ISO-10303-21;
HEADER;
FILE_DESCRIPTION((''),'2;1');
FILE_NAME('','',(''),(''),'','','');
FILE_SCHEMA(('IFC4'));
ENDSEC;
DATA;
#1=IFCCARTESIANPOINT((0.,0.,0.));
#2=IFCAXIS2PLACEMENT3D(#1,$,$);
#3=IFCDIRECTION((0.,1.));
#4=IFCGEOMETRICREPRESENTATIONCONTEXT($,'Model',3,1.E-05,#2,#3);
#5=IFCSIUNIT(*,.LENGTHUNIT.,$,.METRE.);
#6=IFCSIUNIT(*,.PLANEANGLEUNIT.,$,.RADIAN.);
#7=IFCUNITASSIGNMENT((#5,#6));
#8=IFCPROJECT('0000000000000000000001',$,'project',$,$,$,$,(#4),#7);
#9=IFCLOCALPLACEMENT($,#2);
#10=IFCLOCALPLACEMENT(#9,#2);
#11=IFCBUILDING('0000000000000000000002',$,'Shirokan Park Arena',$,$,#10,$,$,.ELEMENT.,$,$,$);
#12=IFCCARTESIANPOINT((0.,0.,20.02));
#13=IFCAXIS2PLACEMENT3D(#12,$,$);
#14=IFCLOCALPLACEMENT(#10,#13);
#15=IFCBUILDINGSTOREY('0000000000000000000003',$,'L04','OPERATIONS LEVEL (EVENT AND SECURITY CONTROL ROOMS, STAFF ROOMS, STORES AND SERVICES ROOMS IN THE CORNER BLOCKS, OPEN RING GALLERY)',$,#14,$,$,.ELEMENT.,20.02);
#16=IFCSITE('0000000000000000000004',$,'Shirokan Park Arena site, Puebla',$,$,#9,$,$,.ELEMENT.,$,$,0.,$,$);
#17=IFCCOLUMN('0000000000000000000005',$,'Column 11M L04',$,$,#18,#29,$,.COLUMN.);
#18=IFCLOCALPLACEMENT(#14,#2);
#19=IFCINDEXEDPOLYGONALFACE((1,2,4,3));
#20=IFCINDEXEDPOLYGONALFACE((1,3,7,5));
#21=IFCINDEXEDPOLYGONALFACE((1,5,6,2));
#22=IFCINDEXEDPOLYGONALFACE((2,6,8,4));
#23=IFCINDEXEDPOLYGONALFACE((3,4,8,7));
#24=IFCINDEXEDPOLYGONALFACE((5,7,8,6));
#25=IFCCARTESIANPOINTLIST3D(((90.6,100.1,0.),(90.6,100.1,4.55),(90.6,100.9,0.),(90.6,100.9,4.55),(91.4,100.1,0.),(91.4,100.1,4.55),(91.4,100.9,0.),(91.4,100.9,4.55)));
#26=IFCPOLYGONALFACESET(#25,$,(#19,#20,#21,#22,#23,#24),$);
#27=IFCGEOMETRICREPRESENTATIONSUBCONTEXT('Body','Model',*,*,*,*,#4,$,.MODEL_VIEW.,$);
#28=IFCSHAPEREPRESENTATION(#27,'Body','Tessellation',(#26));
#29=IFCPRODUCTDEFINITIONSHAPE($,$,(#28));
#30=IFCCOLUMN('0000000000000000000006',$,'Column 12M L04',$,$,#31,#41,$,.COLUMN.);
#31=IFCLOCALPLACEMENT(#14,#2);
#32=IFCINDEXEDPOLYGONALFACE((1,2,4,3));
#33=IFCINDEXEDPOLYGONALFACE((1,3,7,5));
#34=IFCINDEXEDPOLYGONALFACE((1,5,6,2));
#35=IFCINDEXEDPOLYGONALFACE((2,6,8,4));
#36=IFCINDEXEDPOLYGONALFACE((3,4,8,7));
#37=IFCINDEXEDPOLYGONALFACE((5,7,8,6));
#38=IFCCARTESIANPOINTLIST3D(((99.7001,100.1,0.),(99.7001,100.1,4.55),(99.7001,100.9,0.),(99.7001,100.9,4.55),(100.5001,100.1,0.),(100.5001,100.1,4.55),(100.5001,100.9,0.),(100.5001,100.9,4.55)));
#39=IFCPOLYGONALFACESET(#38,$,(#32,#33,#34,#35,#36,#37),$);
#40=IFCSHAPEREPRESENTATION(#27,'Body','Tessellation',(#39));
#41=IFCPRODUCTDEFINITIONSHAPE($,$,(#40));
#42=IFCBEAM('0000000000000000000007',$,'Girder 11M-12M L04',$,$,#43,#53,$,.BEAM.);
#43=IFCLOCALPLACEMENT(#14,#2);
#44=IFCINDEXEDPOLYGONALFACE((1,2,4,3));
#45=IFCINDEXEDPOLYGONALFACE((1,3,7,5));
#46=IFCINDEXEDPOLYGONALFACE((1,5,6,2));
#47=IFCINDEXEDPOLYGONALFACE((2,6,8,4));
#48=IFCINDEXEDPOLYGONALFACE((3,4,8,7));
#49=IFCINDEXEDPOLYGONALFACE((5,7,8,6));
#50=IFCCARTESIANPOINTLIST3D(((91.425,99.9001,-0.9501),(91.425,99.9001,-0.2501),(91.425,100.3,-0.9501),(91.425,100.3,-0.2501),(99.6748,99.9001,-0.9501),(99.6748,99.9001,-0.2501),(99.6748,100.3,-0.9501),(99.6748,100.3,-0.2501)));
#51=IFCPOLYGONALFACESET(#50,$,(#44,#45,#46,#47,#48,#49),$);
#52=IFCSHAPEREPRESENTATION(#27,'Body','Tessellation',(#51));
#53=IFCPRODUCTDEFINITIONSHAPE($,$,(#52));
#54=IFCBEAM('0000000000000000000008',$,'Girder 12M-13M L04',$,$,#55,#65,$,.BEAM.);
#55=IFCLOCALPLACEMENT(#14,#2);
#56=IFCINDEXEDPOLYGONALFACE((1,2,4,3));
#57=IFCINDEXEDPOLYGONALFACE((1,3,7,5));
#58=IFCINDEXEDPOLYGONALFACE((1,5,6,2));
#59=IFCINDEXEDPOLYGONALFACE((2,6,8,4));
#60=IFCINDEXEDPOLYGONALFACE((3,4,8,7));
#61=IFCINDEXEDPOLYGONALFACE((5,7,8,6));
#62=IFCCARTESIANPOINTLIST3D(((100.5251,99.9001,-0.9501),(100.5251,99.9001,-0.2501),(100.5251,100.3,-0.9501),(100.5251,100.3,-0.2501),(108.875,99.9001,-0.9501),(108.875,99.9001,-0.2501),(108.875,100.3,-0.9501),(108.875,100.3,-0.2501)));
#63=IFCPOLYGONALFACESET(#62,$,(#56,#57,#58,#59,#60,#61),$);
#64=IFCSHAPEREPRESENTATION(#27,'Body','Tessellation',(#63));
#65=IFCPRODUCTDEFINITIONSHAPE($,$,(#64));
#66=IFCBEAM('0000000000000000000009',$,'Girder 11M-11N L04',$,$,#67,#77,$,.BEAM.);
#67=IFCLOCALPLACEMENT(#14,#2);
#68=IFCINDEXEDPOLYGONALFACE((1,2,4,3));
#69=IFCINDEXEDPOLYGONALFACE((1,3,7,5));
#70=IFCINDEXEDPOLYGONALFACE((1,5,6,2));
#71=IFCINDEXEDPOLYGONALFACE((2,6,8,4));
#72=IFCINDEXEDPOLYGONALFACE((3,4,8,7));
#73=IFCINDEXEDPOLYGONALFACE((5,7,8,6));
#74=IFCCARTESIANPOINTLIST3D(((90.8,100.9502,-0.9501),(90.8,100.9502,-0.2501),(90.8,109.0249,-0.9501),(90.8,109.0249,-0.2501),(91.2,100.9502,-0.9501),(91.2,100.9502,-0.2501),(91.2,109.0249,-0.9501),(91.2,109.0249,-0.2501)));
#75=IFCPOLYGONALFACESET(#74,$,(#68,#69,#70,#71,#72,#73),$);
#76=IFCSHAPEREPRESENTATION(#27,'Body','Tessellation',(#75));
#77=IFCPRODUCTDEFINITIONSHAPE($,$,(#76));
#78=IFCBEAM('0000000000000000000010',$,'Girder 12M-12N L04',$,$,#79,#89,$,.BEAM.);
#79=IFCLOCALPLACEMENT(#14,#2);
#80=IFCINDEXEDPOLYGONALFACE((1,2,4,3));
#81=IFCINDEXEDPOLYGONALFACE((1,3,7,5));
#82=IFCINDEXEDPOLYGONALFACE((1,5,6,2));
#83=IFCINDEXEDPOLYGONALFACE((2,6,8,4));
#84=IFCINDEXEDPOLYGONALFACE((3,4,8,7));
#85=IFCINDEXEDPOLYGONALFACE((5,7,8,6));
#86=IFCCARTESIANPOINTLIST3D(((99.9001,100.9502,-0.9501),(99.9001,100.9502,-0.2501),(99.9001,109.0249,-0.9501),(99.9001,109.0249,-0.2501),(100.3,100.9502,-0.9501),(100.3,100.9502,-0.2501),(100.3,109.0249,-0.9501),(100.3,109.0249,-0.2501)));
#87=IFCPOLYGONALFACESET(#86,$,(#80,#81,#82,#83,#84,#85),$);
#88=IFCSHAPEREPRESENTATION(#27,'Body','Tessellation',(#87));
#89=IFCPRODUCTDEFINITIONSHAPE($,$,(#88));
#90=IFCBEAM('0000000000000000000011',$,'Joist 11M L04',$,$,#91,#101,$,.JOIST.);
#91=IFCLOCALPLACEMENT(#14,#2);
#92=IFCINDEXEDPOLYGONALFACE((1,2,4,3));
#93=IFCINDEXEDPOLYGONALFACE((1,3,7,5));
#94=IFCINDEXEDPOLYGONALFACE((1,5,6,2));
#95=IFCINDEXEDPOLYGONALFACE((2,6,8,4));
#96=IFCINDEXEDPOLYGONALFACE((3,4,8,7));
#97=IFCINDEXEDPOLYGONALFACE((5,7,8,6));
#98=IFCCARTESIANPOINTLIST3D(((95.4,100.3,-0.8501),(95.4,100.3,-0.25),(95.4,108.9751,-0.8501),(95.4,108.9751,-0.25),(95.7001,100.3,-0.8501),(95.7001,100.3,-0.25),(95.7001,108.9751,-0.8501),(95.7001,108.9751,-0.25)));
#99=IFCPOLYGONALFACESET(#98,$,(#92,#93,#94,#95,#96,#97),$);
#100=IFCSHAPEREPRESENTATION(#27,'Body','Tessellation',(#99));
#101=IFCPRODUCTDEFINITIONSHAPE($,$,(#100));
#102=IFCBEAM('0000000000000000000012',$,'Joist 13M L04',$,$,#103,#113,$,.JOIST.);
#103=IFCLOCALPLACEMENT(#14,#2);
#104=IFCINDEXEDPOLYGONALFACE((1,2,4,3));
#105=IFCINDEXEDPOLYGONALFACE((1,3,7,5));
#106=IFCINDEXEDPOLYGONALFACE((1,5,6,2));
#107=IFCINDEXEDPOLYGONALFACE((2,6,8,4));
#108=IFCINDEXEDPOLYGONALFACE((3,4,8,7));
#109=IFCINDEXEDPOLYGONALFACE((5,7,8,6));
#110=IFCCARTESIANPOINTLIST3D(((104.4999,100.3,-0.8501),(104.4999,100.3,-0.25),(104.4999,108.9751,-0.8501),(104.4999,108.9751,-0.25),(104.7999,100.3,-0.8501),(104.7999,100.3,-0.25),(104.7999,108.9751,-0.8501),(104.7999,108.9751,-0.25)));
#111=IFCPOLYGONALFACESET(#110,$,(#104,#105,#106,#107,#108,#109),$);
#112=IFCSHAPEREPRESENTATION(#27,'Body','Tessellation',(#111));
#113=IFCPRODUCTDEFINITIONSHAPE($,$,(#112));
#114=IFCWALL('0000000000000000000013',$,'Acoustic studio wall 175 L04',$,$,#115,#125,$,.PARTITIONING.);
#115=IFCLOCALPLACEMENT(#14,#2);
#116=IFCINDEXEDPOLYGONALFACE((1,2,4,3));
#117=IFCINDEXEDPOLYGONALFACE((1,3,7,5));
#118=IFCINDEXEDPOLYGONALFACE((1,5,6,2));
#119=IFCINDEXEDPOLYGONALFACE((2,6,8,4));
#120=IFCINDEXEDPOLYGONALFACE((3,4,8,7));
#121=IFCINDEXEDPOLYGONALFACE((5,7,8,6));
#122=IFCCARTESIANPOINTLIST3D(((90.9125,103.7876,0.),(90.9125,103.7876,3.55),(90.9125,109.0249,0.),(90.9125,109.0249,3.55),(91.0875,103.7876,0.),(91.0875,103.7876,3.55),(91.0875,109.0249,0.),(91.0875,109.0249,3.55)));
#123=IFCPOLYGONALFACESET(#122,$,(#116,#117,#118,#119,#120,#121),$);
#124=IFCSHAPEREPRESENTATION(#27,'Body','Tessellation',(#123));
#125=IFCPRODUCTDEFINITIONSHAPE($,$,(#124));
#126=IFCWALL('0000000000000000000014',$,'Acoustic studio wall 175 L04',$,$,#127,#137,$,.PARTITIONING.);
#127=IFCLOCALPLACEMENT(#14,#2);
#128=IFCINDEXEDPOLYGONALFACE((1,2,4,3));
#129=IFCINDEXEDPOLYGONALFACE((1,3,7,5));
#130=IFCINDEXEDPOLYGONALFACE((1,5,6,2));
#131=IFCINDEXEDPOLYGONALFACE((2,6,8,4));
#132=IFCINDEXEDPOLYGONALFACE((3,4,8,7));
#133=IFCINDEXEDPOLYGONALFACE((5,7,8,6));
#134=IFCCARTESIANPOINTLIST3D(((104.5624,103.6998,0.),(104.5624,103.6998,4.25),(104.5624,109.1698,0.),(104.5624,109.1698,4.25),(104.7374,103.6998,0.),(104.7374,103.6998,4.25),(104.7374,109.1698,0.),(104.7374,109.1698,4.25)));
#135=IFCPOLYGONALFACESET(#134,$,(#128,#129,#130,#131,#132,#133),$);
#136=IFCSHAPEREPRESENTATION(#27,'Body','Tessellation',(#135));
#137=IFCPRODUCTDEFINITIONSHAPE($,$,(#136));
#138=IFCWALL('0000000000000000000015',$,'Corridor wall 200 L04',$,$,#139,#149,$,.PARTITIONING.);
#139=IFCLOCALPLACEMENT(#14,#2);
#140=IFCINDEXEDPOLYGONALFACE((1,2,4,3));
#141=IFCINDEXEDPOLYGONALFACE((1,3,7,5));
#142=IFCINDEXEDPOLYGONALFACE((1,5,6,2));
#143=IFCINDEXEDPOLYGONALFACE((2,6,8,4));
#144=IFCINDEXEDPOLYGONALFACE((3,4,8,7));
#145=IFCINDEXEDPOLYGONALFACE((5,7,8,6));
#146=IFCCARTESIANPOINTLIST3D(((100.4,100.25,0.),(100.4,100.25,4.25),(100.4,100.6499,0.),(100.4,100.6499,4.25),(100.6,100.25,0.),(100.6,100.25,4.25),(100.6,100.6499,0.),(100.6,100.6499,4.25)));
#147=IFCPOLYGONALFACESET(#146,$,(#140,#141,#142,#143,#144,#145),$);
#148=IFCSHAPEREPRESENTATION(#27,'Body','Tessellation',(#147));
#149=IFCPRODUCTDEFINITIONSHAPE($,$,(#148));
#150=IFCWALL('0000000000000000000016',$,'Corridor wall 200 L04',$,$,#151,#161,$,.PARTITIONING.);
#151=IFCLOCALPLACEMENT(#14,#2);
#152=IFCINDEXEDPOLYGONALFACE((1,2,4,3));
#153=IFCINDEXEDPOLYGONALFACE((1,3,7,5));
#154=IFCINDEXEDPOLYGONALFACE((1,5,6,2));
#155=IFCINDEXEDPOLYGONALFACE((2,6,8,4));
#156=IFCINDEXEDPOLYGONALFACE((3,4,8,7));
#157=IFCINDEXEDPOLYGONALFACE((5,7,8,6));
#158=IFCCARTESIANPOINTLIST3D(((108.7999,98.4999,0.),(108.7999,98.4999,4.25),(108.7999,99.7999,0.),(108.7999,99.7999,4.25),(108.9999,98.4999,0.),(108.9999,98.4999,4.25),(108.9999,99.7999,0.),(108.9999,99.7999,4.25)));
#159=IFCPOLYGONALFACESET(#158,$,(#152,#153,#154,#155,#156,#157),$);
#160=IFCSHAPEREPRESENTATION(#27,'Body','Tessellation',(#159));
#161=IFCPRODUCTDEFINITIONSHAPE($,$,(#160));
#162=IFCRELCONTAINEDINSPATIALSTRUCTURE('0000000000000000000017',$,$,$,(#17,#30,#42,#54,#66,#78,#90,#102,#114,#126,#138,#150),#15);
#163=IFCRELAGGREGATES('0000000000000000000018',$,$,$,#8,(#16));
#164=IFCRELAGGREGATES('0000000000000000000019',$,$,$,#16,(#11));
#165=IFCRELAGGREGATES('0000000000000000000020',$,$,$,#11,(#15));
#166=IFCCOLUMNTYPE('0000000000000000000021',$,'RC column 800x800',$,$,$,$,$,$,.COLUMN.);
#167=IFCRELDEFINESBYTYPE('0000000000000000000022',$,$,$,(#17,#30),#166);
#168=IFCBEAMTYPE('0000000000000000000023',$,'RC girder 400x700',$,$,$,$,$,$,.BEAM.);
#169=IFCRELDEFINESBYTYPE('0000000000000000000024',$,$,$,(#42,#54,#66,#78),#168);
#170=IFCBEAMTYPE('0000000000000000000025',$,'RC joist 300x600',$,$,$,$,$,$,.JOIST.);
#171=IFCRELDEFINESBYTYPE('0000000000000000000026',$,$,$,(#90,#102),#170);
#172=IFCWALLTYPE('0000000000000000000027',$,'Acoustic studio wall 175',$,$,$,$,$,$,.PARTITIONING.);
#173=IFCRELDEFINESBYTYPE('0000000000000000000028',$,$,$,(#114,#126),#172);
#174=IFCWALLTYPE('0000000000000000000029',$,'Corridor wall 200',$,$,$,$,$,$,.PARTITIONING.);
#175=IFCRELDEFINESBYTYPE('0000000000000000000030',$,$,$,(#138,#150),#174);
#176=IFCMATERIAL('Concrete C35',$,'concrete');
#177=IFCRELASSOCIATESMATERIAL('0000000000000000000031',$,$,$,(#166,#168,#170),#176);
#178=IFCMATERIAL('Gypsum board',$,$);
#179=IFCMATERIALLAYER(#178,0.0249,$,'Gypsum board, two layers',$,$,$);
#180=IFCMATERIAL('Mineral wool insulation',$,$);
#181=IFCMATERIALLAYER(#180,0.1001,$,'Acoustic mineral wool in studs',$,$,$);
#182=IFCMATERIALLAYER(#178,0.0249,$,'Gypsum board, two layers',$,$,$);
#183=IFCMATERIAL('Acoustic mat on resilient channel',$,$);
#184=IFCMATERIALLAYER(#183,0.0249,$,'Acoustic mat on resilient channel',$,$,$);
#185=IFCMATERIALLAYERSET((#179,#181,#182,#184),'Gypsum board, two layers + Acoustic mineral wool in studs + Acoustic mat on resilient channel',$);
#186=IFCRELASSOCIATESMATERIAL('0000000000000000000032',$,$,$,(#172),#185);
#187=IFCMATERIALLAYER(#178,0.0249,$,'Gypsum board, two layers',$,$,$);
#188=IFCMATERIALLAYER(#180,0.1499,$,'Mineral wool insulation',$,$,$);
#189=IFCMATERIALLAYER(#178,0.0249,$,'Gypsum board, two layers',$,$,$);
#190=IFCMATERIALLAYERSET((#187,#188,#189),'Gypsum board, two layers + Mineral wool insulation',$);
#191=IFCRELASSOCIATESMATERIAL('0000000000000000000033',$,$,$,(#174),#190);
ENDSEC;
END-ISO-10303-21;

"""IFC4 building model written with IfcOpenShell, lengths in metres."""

from ifc_helpers import new_model, si_unit, direction, frame, frame_2d, origin, origin_2d, place, context, subcontext, project, spatial, rectangle, extrude, material, layer, layer_set, material_profile, profile_set, type_object, element, save


model = new_model("IFC4")

# Units and contexts
model_context = context("Model", 3, precision=1e-05, world=origin(), true_north=direction((0.0, 1.0)))
body_context = subcontext(model_context, "Body", "Model", "MODEL_VIEW")
ifc_project = project(units=[si_unit("LENGTHUNIT", "METRE"), si_unit("PLANEANGLEUNIT", "RADIAN")], contexts=[model_context])

# Site, building, storey
site_placement = place(None, origin())
site = spatial("IfcSite", under=ifc_project, at=site_placement, Name="Shirokan Park Arena site, Puebla", CompositionType="ELEMENT", RefElevation=0.0)
building_placement = place(site_placement, origin())
building = spatial("IfcBuilding", under=site, at=building_placement, Name="Shirokan Park Arena", CompositionType="ELEMENT")
storey_placement = place(building_placement, frame((0.0, 0.0, 20.02)))
storey = spatial("IfcBuildingStorey", under=building, at=storey_placement, Name="L04", Description="OPERATIONS LEVEL (EVENT AND SECURITY CONTROL ROOMS, STAFF ROOMS, STORES AND SERVICES ROOMS IN THE CORNER BLOCKS, OPEN RING GALLERY)", CompositionType="ELEMENT", Elevation=20.02)

# Columns
ifc_material_1 = material(Name="Concrete C35", Category="concrete")
ifc_material_profile_1 = material_profile(ifc_material_1, rectangle(XDim=0.8, YDim=0.8, at=origin_2d()), Name="800x800")
ifc_profile_set_1 = profile_set([ifc_material_profile_1], Name="Concrete C35")
column_type = type_object("IfcColumnType", Name="RC column 800x800", PredefinedType="COLUMN", material=ifc_profile_set_1)
for number, where, z_axis, x_axis, name in (
    (1, (91.0, 100.5, 0.0), (0.0, 0.0, 1.0), (1.0, 0.0, 0.0), "Column 11M L04"),
    (2, (100.1001, 100.5, 0.0), (0.0, 0.0, 1.0), (1.0, 0.0, 0.0), "Column 12M L04"),
):
    element("IfcColumn", number, at=place(storey_placement, frame(where, z_axis=z_axis, x_axis=x_axis)), inside=storey, type_object=column_type, Name=name, PredefinedType="COLUMN", context=body_context, shape_type="SweptSolid", body=[
        extrude(rectangle(XDim=0.8, YDim=0.8, at=origin_2d()), origin(), (0.0, 0.0, 1.0), 4.55),
    ])

# Beams
ifc_material_profile_2 = material_profile(ifc_material_1, rectangle(XDim=0.3999, YDim=0.7, at=origin_2d()), Name="400x700")
ifc_profile_set_2 = profile_set([ifc_material_profile_2], Name="Concrete C35")
beam_type_1 = type_object("IfcBeamType", Name="RC girder 400x700", PredefinedType="BEAM", material=ifc_profile_set_2)
beam_1_placement = place(storey_placement, frame((91.425, 100.1001, -0.6001), z_axis=(1.0, 0.0, 0.0), x_axis=(0.0, 1.0, 0.0)))
element("IfcBeam", 3, at=beam_1_placement, inside=storey, type_object=beam_type_1, Name="Girder 11M-12M L04", PredefinedType="BEAM", context=body_context, shape_type="SweptSolid", body=[
    extrude(rectangle(XDim=0.3999, YDim=0.7, at=origin_2d()), origin(), (0.0, 0.0, 1.0), 8.2498),
])
beam_2_placement = place(storey_placement, frame((100.5251, 100.1001, -0.6001), z_axis=(1.0, 0.0, 0.0), x_axis=(0.0, 1.0, 0.0)))
element("IfcBeam", 4, at=beam_2_placement, inside=storey, type_object=beam_type_1, Name="Girder 12M-13M L04", PredefinedType="BEAM", context=body_context, shape_type="SweptSolid", body=[
    extrude(rectangle(XDim=0.3999, YDim=0.7, at=origin_2d()), origin(), (0.0, 0.0, 1.0), 8.3499),
])
for number, where, z_axis, x_axis, name in (
    (5, (91.0, 100.9502, -0.6001), (0.0, 1.0, 0.0), (-1.0, 0.0, 0.0), "Girder 11M-11N L04"),
    (6, (100.1001, 100.9502, -0.6001), (0.0, 1.0, 0.0), (-1.0, 0.0, 0.0), "Girder 12M-12N L04"),
):
    element("IfcBeam", number, at=place(storey_placement, frame(where, z_axis=z_axis, x_axis=x_axis)), inside=storey, type_object=beam_type_1, Name=name, PredefinedType="BEAM", context=body_context, shape_type="SweptSolid", body=[
        extrude(rectangle(XDim=0.3999, YDim=0.7, at=origin_2d()), origin(), (0.0, 0.0, 1.0), 8.0747),
    ])
ifc_material_profile_3 = material_profile(ifc_material_1, rectangle(XDim=0.3, YDim=0.6001, at=origin_2d()), Name="300x600")
ifc_profile_set_3 = profile_set([ifc_material_profile_3], Name="Concrete C35")
beam_type_2 = type_object("IfcBeamType", Name="RC joist 300x600", PredefinedType="JOIST", material=ifc_profile_set_3)
for number, where, z_axis, x_axis, name in (
    (7, (95.55, 100.3, -0.55), (0.0, 1.0, 0.0), (-1.0, 0.0, 0.0), "Joist 11M L04"),
    (8, (104.6499, 100.3, -0.55), (0.0, 1.0, 0.0), (-1.0, 0.0, 0.0), "Joist 13M L04"),
):
    element("IfcBeam", number, at=place(storey_placement, frame(where, z_axis=z_axis, x_axis=x_axis)), inside=storey, type_object=beam_type_2, Name=name, PredefinedType="JOIST", context=body_context, shape_type="SweptSolid", body=[
        extrude(rectangle(XDim=0.3, YDim=0.6001, at=origin_2d()), origin(), (0.0, 0.0, 1.0), 8.675),
    ])

# Wall
ifc_material_2 = material(Name="Gypsum board")
ifc_layer_1 = layer(ifc_material_2, 0.0249, Name="Gypsum board, two layers")
ifc_material_3 = material(Name="Mineral wool insulation")
ifc_layer_2 = layer(ifc_material_3, 0.1001, Name="Acoustic mineral wool in studs")
ifc_layer_3 = layer(ifc_material_2, 0.0249, Name="Gypsum board, two layers")
ifc_material_4 = material(Name="Acoustic mat on resilient channel")
ifc_layer_4 = layer(ifc_material_4, 0.0249, Name="Acoustic mat on resilient channel")
ifc_layer_set_1 = layer_set([ifc_layer_1, ifc_layer_2, ifc_layer_3, ifc_layer_4], Name="Gypsum board, two layers + Acoustic mineral wool in studs + Acoustic mat on resilient channel")
wall_type_1 = type_object("IfcWallType", Name="Acoustic studio wall 175", PredefinedType="PARTITIONING", material=ifc_layer_set_1)
wall_1_placement = place(storey_placement, frame((91.0, 109.0249, 0.0), z_axis=(0.0, 0.0, 1.0), x_axis=(0.0, -1.0, 0.0)))
element("IfcWall", 9, at=wall_1_placement, inside=storey, type_object=wall_type_1, Name="Acoustic studio wall 175 L04", PredefinedType="PARTITIONING", context=body_context, shape_type="SweptSolid", body=[
    extrude(rectangle(XDim=5.2373, YDim=0.175, at=frame_2d((2.6187, 0.0))), origin(), (0.0, 0.0, 1.0), 3.55),
])

# Walls
wall_2_placement = place(storey_placement, frame((104.6499, 103.7, 0.0), z_axis=(0.0, 0.0, 1.0), x_axis=(0.0, 1.0, 0.0)))
element("IfcWall", 10, at=wall_2_placement, inside=storey, type_object=wall_type_1, Name="Acoustic studio wall 175 L04", PredefinedType="PARTITIONING", context=body_context, shape_type="SweptSolid", body=[
    extrude(rectangle(XDim=5.47, YDim=0.175, at=frame_2d((2.7349, 0.0))), origin(), (0.0, 0.0, 1.0), 4.25),
])
ifc_layer_5 = layer(ifc_material_2, 0.0249, Name="Gypsum board, two layers")
ifc_layer_6 = layer(ifc_material_3, 0.1499, Name="Mineral wool insulation")
ifc_layer_7 = layer(ifc_material_2, 0.0249, Name="Gypsum board, two layers")
ifc_layer_set_2 = layer_set([ifc_layer_5, ifc_layer_6, ifc_layer_7], Name="Gypsum board, two layers + Mineral wool insulation")
wall_type_2 = type_object("IfcWallType", Name="Corridor wall 200", PredefinedType="PARTITIONING", material=ifc_layer_set_2)
wall_3_placement = place(storey_placement, frame((100.5, 100.25, 0.0), z_axis=(0.0, 0.0, 1.0), x_axis=(0.0, 1.0, 0.0)))
element("IfcWall", 11, at=wall_3_placement, inside=storey, type_object=wall_type_2, Name="Corridor wall 200 L04", PredefinedType="PARTITIONING", context=body_context, shape_type="SweptSolid", body=[
    extrude(rectangle(XDim=0.3999, YDim=0.2, at=frame_2d((0.2, 0.0))), origin(), (0.0, 0.0, 1.0), 4.25),
])

# Wall
wall_4_placement = place(storey_placement, frame((108.8999, 98.5, 0.0), z_axis=(0.0, 0.0, 1.0), x_axis=(0.0, 1.0, 0.0)))
element("IfcWall", 12, at=wall_4_placement, inside=storey, type_object=wall_type_2, Name="Corridor wall 200 L04", PredefinedType="PARTITIONING", context=body_context, shape_type="SweptSolid", body=[
    extrude(rectangle(XDim=1.3, YDim=0.2, at=frame_2d((0.6499, 0.0))), origin(), (0.0, 0.0, 1.0), 4.25),
])

save(model, "model.ifc")
